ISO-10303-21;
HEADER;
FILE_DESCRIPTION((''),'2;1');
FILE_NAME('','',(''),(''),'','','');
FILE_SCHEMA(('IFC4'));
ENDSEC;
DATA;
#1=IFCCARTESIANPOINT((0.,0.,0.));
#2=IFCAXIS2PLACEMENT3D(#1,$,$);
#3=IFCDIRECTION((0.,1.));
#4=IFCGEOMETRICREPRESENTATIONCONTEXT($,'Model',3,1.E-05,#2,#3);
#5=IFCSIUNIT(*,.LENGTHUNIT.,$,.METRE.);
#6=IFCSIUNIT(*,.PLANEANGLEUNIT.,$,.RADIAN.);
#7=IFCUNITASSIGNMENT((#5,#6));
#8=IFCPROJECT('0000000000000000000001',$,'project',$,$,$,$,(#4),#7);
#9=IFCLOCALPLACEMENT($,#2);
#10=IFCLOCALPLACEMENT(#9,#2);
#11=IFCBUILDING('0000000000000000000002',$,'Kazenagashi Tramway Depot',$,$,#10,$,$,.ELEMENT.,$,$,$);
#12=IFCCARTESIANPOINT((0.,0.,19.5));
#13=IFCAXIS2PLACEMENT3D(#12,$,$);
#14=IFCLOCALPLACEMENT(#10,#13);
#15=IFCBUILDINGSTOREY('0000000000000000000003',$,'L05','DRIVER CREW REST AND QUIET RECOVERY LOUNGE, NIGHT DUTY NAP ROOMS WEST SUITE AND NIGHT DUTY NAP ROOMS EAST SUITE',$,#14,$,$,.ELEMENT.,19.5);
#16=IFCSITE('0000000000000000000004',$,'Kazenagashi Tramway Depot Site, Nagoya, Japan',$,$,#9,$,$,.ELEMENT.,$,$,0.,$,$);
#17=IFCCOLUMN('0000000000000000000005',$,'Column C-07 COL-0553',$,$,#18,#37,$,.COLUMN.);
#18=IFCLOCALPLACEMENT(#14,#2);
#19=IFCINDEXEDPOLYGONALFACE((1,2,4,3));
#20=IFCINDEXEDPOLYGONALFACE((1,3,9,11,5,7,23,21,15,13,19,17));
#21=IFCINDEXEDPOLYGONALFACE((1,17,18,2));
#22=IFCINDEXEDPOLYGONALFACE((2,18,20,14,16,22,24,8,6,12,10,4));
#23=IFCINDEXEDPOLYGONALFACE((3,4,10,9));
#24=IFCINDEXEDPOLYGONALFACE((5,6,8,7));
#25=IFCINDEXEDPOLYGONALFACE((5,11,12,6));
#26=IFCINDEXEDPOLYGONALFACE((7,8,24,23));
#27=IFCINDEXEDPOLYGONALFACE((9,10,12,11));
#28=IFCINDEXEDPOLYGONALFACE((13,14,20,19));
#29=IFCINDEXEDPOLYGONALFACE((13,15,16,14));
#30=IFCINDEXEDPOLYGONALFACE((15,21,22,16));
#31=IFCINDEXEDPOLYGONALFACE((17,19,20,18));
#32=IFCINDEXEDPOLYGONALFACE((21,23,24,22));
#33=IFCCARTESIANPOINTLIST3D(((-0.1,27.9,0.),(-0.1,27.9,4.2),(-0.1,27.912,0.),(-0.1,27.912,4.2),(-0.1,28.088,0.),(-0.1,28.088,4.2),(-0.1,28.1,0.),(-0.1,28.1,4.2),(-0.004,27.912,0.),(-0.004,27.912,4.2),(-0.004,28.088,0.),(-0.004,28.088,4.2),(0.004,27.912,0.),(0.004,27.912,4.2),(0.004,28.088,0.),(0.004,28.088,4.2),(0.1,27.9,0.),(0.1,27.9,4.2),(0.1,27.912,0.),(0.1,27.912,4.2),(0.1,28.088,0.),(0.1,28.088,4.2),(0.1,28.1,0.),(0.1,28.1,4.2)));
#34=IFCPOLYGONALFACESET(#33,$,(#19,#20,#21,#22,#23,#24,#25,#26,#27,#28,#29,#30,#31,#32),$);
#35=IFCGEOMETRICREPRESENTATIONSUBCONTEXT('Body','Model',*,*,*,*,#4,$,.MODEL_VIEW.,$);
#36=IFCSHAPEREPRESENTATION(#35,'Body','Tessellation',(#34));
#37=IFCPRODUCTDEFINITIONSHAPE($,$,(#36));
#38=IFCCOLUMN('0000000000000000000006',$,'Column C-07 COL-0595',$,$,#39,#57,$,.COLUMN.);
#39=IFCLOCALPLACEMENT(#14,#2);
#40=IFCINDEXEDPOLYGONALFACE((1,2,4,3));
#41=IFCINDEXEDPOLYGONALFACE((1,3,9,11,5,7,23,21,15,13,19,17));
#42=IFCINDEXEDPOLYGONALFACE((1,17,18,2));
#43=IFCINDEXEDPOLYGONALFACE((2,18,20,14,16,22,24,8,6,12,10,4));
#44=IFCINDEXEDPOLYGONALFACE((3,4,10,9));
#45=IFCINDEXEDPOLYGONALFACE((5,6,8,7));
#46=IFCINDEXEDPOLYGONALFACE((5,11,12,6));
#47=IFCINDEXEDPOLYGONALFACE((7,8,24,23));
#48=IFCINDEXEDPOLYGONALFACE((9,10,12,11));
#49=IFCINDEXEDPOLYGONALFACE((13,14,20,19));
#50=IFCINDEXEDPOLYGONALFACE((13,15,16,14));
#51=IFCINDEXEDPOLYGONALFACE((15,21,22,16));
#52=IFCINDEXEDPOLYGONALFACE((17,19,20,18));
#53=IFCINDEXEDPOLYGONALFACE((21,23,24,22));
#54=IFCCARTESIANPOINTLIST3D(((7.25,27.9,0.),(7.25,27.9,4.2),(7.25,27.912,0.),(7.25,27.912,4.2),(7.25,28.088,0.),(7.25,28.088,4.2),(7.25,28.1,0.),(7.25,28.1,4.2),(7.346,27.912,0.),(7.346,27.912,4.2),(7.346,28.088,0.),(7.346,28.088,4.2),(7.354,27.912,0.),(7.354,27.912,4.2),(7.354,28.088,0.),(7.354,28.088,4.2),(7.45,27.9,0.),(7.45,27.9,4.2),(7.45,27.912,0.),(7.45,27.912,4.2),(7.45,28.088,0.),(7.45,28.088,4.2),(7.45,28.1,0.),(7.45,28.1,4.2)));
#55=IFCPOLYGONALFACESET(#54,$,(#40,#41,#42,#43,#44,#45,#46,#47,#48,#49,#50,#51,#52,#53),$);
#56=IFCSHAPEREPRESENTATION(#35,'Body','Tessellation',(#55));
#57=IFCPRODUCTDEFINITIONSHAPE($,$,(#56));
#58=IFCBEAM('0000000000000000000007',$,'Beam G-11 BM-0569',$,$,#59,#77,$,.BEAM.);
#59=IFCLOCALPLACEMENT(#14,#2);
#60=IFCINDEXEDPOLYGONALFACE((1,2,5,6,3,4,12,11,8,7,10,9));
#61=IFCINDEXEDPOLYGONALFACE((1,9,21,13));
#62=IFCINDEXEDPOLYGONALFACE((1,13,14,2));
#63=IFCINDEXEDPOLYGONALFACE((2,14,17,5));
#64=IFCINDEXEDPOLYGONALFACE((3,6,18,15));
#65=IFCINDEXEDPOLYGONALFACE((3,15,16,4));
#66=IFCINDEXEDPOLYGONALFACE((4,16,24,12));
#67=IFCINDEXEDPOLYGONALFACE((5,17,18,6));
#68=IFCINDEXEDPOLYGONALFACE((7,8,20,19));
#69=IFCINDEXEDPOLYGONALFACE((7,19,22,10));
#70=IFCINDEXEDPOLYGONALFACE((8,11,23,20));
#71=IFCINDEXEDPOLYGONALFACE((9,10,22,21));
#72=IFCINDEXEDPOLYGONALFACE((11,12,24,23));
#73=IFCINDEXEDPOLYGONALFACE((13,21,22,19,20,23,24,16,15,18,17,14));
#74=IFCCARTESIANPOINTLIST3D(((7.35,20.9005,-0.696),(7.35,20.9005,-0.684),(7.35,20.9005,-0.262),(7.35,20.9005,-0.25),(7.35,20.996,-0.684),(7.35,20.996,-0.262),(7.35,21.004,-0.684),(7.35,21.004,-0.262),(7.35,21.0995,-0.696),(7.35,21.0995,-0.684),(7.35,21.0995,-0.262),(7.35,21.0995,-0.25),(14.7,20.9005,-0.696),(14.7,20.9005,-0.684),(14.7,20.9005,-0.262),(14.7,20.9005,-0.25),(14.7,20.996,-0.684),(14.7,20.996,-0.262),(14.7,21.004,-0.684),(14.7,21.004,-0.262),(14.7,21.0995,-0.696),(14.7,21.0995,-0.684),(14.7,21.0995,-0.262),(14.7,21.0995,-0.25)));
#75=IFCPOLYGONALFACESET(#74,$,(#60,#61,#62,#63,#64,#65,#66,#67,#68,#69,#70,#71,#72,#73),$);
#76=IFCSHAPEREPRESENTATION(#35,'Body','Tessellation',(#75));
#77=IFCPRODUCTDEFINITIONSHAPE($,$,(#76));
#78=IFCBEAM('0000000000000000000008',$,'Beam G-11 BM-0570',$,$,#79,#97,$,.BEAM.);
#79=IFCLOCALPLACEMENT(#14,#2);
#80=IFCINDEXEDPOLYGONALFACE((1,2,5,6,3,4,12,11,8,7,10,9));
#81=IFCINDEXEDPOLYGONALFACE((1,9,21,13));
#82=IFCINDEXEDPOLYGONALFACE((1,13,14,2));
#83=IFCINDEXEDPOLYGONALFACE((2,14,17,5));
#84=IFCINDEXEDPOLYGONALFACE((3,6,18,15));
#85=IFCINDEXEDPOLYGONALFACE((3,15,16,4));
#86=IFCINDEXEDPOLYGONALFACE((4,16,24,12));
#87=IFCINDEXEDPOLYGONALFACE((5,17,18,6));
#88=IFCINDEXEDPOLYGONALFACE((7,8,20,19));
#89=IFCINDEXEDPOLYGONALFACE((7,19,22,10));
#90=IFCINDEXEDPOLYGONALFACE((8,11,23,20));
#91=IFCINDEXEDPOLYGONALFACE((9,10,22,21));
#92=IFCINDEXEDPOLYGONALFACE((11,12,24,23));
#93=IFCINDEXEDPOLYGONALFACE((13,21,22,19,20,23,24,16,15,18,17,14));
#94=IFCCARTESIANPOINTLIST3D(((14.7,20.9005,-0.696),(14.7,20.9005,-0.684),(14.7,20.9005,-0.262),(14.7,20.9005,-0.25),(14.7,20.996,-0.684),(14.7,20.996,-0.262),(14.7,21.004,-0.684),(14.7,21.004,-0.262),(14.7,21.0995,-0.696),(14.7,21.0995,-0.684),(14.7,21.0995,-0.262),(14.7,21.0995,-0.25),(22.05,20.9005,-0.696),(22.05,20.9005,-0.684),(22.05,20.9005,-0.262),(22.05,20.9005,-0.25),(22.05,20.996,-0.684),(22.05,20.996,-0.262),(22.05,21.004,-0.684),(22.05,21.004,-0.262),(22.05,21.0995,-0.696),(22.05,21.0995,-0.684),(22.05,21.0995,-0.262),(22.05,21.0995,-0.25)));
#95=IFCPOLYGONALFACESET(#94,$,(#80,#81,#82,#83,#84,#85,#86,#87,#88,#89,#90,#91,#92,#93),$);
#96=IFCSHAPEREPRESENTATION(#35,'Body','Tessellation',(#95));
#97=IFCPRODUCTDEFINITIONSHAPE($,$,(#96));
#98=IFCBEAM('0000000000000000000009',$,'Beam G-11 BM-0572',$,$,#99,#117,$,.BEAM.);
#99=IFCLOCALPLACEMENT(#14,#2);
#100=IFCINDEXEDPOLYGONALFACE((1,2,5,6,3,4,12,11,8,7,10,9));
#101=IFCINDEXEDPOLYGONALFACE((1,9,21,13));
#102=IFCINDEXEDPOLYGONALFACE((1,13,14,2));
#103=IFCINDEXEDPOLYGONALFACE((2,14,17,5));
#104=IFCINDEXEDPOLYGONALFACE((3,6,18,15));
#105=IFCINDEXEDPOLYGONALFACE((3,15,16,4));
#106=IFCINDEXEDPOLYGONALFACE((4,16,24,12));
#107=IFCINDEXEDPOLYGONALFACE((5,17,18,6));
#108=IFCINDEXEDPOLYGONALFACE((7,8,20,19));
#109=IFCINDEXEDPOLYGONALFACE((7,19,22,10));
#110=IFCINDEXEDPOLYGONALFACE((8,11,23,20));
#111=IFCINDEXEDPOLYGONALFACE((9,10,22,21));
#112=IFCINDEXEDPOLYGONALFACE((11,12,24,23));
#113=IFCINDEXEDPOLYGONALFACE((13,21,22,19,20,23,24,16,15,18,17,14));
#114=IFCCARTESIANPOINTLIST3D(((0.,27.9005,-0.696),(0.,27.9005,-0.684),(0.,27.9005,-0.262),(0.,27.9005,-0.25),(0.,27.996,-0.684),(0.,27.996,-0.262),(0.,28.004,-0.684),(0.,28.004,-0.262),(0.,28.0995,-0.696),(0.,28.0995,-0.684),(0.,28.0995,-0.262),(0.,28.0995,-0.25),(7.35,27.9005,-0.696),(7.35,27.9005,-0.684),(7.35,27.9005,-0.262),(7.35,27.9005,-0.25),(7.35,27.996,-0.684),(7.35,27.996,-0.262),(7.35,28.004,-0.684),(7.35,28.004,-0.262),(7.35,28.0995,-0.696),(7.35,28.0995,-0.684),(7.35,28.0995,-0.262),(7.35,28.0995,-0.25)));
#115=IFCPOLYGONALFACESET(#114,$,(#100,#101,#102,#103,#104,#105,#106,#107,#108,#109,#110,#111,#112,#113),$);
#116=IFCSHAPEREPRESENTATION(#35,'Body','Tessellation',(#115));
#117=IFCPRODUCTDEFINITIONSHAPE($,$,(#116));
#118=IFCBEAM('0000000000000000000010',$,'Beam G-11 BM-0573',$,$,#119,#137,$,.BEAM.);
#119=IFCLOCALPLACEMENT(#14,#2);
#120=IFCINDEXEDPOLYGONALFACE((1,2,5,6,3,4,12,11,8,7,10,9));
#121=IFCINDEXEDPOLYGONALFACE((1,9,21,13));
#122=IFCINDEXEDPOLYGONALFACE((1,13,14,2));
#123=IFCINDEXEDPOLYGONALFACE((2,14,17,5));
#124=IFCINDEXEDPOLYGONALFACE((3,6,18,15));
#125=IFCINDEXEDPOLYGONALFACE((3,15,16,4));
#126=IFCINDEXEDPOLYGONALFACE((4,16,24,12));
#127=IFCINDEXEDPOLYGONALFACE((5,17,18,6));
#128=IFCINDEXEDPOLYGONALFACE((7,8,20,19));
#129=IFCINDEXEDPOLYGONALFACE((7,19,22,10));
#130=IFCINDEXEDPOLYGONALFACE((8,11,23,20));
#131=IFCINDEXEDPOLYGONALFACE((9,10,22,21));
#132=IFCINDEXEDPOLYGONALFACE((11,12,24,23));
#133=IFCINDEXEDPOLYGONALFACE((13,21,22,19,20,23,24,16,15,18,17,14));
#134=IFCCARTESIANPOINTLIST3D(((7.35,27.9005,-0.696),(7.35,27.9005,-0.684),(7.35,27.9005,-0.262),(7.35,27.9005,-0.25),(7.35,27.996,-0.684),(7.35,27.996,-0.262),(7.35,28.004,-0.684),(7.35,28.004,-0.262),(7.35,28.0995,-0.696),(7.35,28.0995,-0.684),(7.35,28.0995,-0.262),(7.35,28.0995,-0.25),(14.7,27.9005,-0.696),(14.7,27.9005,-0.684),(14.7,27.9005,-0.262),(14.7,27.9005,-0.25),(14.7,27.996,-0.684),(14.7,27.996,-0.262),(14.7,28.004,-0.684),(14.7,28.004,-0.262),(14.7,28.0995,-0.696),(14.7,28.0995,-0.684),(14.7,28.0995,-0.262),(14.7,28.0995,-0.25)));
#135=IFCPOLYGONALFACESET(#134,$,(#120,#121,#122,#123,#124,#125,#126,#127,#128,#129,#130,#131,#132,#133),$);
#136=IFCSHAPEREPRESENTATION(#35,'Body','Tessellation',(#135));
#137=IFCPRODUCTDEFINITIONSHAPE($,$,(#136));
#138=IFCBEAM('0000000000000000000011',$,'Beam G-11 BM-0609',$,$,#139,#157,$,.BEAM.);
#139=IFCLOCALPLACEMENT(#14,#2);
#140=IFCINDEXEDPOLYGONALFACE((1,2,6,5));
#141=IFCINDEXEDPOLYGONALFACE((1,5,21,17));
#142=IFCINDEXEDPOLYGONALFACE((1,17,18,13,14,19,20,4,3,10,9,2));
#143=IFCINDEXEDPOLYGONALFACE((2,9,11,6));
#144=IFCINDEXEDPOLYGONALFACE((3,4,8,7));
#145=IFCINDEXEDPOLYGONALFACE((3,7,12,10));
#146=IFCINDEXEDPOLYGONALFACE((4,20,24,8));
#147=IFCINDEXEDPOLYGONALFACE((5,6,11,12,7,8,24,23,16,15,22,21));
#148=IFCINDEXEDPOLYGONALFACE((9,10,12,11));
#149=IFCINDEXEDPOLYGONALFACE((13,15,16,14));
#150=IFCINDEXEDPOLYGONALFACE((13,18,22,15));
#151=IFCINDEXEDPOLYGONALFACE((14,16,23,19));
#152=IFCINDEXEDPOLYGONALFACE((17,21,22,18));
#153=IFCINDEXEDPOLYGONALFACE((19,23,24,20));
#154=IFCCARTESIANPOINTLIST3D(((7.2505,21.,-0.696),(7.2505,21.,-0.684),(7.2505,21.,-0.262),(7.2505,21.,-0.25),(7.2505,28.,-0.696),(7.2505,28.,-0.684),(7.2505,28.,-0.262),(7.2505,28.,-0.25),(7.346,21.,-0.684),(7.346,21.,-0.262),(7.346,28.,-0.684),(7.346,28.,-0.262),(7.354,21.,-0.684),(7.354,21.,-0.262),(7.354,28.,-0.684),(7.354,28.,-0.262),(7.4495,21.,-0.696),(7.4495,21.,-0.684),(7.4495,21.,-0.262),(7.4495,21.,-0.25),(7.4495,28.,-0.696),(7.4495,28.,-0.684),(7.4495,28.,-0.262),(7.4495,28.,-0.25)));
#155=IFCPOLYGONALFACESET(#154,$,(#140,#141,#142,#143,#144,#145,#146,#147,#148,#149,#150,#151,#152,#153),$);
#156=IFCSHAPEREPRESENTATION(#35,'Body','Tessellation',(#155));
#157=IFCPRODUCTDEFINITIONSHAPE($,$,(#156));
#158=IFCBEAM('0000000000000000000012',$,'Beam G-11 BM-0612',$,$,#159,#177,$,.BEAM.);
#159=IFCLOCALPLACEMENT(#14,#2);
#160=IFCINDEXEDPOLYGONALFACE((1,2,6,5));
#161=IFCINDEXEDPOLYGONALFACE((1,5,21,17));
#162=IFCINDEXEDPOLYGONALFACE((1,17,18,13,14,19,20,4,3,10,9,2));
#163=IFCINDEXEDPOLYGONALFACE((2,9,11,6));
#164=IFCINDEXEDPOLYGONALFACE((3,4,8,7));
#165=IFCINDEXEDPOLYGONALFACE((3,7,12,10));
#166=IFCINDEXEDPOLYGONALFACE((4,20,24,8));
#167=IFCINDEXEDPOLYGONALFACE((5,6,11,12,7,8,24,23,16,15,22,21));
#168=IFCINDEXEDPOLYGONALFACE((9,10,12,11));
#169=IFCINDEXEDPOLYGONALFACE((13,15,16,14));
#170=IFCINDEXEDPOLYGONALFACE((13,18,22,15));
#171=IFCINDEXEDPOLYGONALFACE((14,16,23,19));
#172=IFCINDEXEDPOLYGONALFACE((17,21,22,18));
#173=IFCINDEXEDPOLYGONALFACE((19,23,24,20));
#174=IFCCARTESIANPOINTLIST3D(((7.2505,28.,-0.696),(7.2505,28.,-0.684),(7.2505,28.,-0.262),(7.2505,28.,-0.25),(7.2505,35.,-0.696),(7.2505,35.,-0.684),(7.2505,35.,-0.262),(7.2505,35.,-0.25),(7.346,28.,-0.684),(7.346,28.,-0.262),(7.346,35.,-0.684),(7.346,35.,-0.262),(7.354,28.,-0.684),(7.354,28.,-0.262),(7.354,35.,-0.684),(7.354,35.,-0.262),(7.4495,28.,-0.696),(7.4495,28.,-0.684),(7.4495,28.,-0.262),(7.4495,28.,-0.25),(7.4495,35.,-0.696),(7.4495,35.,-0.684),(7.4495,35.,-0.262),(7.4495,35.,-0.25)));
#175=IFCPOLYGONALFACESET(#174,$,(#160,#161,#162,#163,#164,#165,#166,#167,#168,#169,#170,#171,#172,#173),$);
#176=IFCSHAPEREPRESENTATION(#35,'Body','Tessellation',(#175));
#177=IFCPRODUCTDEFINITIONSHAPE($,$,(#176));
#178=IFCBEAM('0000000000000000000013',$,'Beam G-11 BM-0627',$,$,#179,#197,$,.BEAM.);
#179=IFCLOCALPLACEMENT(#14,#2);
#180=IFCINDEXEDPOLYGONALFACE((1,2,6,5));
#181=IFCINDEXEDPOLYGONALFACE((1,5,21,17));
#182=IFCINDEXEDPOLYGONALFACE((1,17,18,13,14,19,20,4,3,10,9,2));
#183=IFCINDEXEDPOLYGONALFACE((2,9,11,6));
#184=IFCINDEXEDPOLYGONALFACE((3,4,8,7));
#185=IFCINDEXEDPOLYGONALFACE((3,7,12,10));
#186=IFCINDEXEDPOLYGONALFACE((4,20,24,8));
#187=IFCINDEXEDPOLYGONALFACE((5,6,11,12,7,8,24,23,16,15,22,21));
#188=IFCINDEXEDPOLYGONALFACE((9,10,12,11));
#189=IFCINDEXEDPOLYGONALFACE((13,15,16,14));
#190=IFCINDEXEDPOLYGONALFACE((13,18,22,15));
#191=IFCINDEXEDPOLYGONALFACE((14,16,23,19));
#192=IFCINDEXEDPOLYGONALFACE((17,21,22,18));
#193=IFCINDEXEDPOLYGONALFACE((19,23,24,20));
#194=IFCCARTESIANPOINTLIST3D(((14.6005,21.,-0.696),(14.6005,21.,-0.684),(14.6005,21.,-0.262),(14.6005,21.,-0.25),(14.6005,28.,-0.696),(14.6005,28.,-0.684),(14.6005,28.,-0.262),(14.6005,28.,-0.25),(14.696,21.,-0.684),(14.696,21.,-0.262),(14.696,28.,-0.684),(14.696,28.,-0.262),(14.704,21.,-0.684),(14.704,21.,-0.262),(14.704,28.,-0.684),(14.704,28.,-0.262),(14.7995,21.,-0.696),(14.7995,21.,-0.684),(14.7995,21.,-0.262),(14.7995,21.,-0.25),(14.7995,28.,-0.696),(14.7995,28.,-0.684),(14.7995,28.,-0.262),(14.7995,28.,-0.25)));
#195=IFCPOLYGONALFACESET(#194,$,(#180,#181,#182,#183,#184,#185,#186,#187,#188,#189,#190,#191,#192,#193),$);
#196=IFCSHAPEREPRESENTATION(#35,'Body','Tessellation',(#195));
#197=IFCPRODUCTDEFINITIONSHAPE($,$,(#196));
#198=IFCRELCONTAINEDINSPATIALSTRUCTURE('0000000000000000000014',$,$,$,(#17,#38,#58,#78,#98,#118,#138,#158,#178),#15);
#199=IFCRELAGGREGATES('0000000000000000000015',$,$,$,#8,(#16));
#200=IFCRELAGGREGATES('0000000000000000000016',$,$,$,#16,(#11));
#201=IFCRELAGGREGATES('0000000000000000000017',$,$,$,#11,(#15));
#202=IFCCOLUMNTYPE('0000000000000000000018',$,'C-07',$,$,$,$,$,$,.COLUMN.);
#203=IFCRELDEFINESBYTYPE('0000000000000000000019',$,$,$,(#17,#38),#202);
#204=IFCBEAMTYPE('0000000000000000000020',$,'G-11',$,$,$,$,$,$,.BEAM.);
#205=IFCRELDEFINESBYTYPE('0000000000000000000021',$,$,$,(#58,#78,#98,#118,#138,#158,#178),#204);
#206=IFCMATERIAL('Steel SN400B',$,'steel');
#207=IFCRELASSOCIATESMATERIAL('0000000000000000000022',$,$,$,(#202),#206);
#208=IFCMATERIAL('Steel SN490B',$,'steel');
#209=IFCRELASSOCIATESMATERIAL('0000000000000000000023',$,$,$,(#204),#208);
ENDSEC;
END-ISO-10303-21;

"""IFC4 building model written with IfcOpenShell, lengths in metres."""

from ifc_helpers import new_model, si_unit, direction, frame, origin, origin_2d, place, context, subcontext, project, spatial, i_section, extrude, material, material_profile, profile_set, type_object, element, save


model = new_model("IFC4")

# Units and contexts
model_context = context("Model", 3, precision=1e-05, world=origin(), true_north=direction((0.0, 1.0)))
body_context = subcontext(model_context, "Body", "Model", "MODEL_VIEW")
ifc_project = project(units=[si_unit("LENGTHUNIT", "METRE"), si_unit("PLANEANGLEUNIT", "RADIAN")], contexts=[model_context])

# Site, building, storey
site_placement = place(None, origin())
site = spatial("IfcSite", under=ifc_project, at=site_placement, Name="Kazenagashi Tramway Depot Site, Nagoya, Japan", CompositionType="ELEMENT", RefElevation=0.0)
building_placement = place(site_placement, origin())
building = spatial("IfcBuilding", under=site, at=building_placement, Name="Kazenagashi Tramway Depot", CompositionType="ELEMENT")
storey_placement = place(building_placement, frame((0.0, 0.0, 19.5)))
storey = spatial("IfcBuildingStorey", under=building, at=storey_placement, Name="L05", Description="DRIVER CREW REST AND QUIET RECOVERY LOUNGE, NIGHT DUTY NAP ROOMS WEST SUITE AND NIGHT DUTY NAP ROOMS EAST SUITE", CompositionType="ELEMENT", Elevation=19.5)

# Columns
ifc_material_1 = material(Name="Steel SN400B", Category="steel")
ifc_material_profile_1 = material_profile(ifc_material_1, i_section(OverallWidth=0.2, OverallDepth=0.2, WebThickness=0.008, FlangeThickness=0.012, at=origin_2d()), Name="H-200x200x8x12")
ifc_profile_set_1 = profile_set([ifc_material_profile_1], Name="Steel SN400B")
column_type = type_object("IfcColumnType", Name="C-07", PredefinedType="COLUMN", material=ifc_profile_set_1)
for number, where, z_axis, x_axis, name in (
    (1, (0.0, 28.0, 0.0), (0.0, 0.0, 1.0), (1.0, 0.0, 0.0), "Column C-07 COL-0553"),
    (2, (7.35, 28.0, 0.0), (0.0, 0.0, 1.0), (1.0, 0.0, 0.0), "Column C-07 COL-0595"),
):
    element("IfcColumn", number, at=place(storey_placement, frame(where, z_axis=z_axis, x_axis=x_axis)), inside=storey, type_object=column_type, Name=name, PredefinedType="COLUMN", context=body_context, shape_type="SweptSolid", body=[
        extrude(i_section(OverallWidth=0.2, OverallDepth=0.2, WebThickness=0.008, FlangeThickness=0.012, at=origin_2d()), origin(), (0.0, 0.0, 1.0), 4.2),
    ])

# Beams
ifc_material_2 = material(Name="Steel SN490B", Category="steel")
ifc_material_profile_2 = material_profile(ifc_material_2, i_section(OverallWidth=0.199, OverallDepth=0.446, WebThickness=0.008, FlangeThickness=0.012, at=origin_2d()), Name="H-446x199x8x12")
ifc_profile_set_2 = profile_set([ifc_material_profile_2], Name="Steel SN490B")
beam_type_1 = type_object("IfcBeamType", Name="G-11", PredefinedType="BEAM", material=ifc_profile_set_2)
for number, where, z_axis, x_axis, name in (
    (3, (7.35, 21.0, -0.473), (1.0, 0.0, 0.0), (0.0, 1.0, 0.0), "Beam G-11 BM-0569"),
    (4, (14.7, 21.0, -0.473), (1.0, 0.0, 0.0), (0.0, 1.0, 0.0), "Beam G-11 BM-0570"),
    (5, (0.0, 28.0, -0.473), (1.0, 0.0, 0.0), (0.0, 1.0, 0.0), "Beam G-11 BM-0572"),
    (6, (7.35, 28.0, -0.473), (1.0, 0.0, 0.0), (0.0, 1.0, 0.0), "Beam G-11 BM-0573"),
):
    element("IfcBeam", number, at=place(storey_placement, frame(where, z_axis=z_axis, x_axis=x_axis)), inside=storey, type_object=beam_type_1, Name=name, PredefinedType="BEAM", context=body_context, shape_type="SweptSolid", body=[
        extrude(i_section(OverallWidth=0.199, OverallDepth=0.446, WebThickness=0.008, FlangeThickness=0.012, at=origin_2d()), origin(), (0.0, 0.0, 1.0), 7.35),
    ])
for number, where, z_axis, x_axis, name in (
    (7, (7.35, 21.0, -0.473), (0.0, 1.0, 0.0), (-1.0, 0.0, 0.0), "Beam G-11 BM-0609"),
    (8, (7.35, 28.0, -0.473), (0.0, 1.0, 0.0), (-1.0, 0.0, 0.0), "Beam G-11 BM-0612"),
    (9, (14.7, 21.0, -0.473), (0.0, 1.0, 0.0), (-1.0, 0.0, 0.0), "Beam G-11 BM-0627"),
):
    element("IfcBeam", number, at=place(storey_placement, frame(where, z_axis=z_axis, x_axis=x_axis)), inside=storey, type_object=beam_type_1, Name=name, PredefinedType="BEAM", context=body_context, shape_type="SweptSolid", body=[
        extrude(i_section(OverallWidth=0.199, OverallDepth=0.446, WebThickness=0.008, FlangeThickness=0.012, at=origin_2d()), origin(), (0.0, 0.0, 1.0), 7.0),
    ])

save(model, "model.ifc")
